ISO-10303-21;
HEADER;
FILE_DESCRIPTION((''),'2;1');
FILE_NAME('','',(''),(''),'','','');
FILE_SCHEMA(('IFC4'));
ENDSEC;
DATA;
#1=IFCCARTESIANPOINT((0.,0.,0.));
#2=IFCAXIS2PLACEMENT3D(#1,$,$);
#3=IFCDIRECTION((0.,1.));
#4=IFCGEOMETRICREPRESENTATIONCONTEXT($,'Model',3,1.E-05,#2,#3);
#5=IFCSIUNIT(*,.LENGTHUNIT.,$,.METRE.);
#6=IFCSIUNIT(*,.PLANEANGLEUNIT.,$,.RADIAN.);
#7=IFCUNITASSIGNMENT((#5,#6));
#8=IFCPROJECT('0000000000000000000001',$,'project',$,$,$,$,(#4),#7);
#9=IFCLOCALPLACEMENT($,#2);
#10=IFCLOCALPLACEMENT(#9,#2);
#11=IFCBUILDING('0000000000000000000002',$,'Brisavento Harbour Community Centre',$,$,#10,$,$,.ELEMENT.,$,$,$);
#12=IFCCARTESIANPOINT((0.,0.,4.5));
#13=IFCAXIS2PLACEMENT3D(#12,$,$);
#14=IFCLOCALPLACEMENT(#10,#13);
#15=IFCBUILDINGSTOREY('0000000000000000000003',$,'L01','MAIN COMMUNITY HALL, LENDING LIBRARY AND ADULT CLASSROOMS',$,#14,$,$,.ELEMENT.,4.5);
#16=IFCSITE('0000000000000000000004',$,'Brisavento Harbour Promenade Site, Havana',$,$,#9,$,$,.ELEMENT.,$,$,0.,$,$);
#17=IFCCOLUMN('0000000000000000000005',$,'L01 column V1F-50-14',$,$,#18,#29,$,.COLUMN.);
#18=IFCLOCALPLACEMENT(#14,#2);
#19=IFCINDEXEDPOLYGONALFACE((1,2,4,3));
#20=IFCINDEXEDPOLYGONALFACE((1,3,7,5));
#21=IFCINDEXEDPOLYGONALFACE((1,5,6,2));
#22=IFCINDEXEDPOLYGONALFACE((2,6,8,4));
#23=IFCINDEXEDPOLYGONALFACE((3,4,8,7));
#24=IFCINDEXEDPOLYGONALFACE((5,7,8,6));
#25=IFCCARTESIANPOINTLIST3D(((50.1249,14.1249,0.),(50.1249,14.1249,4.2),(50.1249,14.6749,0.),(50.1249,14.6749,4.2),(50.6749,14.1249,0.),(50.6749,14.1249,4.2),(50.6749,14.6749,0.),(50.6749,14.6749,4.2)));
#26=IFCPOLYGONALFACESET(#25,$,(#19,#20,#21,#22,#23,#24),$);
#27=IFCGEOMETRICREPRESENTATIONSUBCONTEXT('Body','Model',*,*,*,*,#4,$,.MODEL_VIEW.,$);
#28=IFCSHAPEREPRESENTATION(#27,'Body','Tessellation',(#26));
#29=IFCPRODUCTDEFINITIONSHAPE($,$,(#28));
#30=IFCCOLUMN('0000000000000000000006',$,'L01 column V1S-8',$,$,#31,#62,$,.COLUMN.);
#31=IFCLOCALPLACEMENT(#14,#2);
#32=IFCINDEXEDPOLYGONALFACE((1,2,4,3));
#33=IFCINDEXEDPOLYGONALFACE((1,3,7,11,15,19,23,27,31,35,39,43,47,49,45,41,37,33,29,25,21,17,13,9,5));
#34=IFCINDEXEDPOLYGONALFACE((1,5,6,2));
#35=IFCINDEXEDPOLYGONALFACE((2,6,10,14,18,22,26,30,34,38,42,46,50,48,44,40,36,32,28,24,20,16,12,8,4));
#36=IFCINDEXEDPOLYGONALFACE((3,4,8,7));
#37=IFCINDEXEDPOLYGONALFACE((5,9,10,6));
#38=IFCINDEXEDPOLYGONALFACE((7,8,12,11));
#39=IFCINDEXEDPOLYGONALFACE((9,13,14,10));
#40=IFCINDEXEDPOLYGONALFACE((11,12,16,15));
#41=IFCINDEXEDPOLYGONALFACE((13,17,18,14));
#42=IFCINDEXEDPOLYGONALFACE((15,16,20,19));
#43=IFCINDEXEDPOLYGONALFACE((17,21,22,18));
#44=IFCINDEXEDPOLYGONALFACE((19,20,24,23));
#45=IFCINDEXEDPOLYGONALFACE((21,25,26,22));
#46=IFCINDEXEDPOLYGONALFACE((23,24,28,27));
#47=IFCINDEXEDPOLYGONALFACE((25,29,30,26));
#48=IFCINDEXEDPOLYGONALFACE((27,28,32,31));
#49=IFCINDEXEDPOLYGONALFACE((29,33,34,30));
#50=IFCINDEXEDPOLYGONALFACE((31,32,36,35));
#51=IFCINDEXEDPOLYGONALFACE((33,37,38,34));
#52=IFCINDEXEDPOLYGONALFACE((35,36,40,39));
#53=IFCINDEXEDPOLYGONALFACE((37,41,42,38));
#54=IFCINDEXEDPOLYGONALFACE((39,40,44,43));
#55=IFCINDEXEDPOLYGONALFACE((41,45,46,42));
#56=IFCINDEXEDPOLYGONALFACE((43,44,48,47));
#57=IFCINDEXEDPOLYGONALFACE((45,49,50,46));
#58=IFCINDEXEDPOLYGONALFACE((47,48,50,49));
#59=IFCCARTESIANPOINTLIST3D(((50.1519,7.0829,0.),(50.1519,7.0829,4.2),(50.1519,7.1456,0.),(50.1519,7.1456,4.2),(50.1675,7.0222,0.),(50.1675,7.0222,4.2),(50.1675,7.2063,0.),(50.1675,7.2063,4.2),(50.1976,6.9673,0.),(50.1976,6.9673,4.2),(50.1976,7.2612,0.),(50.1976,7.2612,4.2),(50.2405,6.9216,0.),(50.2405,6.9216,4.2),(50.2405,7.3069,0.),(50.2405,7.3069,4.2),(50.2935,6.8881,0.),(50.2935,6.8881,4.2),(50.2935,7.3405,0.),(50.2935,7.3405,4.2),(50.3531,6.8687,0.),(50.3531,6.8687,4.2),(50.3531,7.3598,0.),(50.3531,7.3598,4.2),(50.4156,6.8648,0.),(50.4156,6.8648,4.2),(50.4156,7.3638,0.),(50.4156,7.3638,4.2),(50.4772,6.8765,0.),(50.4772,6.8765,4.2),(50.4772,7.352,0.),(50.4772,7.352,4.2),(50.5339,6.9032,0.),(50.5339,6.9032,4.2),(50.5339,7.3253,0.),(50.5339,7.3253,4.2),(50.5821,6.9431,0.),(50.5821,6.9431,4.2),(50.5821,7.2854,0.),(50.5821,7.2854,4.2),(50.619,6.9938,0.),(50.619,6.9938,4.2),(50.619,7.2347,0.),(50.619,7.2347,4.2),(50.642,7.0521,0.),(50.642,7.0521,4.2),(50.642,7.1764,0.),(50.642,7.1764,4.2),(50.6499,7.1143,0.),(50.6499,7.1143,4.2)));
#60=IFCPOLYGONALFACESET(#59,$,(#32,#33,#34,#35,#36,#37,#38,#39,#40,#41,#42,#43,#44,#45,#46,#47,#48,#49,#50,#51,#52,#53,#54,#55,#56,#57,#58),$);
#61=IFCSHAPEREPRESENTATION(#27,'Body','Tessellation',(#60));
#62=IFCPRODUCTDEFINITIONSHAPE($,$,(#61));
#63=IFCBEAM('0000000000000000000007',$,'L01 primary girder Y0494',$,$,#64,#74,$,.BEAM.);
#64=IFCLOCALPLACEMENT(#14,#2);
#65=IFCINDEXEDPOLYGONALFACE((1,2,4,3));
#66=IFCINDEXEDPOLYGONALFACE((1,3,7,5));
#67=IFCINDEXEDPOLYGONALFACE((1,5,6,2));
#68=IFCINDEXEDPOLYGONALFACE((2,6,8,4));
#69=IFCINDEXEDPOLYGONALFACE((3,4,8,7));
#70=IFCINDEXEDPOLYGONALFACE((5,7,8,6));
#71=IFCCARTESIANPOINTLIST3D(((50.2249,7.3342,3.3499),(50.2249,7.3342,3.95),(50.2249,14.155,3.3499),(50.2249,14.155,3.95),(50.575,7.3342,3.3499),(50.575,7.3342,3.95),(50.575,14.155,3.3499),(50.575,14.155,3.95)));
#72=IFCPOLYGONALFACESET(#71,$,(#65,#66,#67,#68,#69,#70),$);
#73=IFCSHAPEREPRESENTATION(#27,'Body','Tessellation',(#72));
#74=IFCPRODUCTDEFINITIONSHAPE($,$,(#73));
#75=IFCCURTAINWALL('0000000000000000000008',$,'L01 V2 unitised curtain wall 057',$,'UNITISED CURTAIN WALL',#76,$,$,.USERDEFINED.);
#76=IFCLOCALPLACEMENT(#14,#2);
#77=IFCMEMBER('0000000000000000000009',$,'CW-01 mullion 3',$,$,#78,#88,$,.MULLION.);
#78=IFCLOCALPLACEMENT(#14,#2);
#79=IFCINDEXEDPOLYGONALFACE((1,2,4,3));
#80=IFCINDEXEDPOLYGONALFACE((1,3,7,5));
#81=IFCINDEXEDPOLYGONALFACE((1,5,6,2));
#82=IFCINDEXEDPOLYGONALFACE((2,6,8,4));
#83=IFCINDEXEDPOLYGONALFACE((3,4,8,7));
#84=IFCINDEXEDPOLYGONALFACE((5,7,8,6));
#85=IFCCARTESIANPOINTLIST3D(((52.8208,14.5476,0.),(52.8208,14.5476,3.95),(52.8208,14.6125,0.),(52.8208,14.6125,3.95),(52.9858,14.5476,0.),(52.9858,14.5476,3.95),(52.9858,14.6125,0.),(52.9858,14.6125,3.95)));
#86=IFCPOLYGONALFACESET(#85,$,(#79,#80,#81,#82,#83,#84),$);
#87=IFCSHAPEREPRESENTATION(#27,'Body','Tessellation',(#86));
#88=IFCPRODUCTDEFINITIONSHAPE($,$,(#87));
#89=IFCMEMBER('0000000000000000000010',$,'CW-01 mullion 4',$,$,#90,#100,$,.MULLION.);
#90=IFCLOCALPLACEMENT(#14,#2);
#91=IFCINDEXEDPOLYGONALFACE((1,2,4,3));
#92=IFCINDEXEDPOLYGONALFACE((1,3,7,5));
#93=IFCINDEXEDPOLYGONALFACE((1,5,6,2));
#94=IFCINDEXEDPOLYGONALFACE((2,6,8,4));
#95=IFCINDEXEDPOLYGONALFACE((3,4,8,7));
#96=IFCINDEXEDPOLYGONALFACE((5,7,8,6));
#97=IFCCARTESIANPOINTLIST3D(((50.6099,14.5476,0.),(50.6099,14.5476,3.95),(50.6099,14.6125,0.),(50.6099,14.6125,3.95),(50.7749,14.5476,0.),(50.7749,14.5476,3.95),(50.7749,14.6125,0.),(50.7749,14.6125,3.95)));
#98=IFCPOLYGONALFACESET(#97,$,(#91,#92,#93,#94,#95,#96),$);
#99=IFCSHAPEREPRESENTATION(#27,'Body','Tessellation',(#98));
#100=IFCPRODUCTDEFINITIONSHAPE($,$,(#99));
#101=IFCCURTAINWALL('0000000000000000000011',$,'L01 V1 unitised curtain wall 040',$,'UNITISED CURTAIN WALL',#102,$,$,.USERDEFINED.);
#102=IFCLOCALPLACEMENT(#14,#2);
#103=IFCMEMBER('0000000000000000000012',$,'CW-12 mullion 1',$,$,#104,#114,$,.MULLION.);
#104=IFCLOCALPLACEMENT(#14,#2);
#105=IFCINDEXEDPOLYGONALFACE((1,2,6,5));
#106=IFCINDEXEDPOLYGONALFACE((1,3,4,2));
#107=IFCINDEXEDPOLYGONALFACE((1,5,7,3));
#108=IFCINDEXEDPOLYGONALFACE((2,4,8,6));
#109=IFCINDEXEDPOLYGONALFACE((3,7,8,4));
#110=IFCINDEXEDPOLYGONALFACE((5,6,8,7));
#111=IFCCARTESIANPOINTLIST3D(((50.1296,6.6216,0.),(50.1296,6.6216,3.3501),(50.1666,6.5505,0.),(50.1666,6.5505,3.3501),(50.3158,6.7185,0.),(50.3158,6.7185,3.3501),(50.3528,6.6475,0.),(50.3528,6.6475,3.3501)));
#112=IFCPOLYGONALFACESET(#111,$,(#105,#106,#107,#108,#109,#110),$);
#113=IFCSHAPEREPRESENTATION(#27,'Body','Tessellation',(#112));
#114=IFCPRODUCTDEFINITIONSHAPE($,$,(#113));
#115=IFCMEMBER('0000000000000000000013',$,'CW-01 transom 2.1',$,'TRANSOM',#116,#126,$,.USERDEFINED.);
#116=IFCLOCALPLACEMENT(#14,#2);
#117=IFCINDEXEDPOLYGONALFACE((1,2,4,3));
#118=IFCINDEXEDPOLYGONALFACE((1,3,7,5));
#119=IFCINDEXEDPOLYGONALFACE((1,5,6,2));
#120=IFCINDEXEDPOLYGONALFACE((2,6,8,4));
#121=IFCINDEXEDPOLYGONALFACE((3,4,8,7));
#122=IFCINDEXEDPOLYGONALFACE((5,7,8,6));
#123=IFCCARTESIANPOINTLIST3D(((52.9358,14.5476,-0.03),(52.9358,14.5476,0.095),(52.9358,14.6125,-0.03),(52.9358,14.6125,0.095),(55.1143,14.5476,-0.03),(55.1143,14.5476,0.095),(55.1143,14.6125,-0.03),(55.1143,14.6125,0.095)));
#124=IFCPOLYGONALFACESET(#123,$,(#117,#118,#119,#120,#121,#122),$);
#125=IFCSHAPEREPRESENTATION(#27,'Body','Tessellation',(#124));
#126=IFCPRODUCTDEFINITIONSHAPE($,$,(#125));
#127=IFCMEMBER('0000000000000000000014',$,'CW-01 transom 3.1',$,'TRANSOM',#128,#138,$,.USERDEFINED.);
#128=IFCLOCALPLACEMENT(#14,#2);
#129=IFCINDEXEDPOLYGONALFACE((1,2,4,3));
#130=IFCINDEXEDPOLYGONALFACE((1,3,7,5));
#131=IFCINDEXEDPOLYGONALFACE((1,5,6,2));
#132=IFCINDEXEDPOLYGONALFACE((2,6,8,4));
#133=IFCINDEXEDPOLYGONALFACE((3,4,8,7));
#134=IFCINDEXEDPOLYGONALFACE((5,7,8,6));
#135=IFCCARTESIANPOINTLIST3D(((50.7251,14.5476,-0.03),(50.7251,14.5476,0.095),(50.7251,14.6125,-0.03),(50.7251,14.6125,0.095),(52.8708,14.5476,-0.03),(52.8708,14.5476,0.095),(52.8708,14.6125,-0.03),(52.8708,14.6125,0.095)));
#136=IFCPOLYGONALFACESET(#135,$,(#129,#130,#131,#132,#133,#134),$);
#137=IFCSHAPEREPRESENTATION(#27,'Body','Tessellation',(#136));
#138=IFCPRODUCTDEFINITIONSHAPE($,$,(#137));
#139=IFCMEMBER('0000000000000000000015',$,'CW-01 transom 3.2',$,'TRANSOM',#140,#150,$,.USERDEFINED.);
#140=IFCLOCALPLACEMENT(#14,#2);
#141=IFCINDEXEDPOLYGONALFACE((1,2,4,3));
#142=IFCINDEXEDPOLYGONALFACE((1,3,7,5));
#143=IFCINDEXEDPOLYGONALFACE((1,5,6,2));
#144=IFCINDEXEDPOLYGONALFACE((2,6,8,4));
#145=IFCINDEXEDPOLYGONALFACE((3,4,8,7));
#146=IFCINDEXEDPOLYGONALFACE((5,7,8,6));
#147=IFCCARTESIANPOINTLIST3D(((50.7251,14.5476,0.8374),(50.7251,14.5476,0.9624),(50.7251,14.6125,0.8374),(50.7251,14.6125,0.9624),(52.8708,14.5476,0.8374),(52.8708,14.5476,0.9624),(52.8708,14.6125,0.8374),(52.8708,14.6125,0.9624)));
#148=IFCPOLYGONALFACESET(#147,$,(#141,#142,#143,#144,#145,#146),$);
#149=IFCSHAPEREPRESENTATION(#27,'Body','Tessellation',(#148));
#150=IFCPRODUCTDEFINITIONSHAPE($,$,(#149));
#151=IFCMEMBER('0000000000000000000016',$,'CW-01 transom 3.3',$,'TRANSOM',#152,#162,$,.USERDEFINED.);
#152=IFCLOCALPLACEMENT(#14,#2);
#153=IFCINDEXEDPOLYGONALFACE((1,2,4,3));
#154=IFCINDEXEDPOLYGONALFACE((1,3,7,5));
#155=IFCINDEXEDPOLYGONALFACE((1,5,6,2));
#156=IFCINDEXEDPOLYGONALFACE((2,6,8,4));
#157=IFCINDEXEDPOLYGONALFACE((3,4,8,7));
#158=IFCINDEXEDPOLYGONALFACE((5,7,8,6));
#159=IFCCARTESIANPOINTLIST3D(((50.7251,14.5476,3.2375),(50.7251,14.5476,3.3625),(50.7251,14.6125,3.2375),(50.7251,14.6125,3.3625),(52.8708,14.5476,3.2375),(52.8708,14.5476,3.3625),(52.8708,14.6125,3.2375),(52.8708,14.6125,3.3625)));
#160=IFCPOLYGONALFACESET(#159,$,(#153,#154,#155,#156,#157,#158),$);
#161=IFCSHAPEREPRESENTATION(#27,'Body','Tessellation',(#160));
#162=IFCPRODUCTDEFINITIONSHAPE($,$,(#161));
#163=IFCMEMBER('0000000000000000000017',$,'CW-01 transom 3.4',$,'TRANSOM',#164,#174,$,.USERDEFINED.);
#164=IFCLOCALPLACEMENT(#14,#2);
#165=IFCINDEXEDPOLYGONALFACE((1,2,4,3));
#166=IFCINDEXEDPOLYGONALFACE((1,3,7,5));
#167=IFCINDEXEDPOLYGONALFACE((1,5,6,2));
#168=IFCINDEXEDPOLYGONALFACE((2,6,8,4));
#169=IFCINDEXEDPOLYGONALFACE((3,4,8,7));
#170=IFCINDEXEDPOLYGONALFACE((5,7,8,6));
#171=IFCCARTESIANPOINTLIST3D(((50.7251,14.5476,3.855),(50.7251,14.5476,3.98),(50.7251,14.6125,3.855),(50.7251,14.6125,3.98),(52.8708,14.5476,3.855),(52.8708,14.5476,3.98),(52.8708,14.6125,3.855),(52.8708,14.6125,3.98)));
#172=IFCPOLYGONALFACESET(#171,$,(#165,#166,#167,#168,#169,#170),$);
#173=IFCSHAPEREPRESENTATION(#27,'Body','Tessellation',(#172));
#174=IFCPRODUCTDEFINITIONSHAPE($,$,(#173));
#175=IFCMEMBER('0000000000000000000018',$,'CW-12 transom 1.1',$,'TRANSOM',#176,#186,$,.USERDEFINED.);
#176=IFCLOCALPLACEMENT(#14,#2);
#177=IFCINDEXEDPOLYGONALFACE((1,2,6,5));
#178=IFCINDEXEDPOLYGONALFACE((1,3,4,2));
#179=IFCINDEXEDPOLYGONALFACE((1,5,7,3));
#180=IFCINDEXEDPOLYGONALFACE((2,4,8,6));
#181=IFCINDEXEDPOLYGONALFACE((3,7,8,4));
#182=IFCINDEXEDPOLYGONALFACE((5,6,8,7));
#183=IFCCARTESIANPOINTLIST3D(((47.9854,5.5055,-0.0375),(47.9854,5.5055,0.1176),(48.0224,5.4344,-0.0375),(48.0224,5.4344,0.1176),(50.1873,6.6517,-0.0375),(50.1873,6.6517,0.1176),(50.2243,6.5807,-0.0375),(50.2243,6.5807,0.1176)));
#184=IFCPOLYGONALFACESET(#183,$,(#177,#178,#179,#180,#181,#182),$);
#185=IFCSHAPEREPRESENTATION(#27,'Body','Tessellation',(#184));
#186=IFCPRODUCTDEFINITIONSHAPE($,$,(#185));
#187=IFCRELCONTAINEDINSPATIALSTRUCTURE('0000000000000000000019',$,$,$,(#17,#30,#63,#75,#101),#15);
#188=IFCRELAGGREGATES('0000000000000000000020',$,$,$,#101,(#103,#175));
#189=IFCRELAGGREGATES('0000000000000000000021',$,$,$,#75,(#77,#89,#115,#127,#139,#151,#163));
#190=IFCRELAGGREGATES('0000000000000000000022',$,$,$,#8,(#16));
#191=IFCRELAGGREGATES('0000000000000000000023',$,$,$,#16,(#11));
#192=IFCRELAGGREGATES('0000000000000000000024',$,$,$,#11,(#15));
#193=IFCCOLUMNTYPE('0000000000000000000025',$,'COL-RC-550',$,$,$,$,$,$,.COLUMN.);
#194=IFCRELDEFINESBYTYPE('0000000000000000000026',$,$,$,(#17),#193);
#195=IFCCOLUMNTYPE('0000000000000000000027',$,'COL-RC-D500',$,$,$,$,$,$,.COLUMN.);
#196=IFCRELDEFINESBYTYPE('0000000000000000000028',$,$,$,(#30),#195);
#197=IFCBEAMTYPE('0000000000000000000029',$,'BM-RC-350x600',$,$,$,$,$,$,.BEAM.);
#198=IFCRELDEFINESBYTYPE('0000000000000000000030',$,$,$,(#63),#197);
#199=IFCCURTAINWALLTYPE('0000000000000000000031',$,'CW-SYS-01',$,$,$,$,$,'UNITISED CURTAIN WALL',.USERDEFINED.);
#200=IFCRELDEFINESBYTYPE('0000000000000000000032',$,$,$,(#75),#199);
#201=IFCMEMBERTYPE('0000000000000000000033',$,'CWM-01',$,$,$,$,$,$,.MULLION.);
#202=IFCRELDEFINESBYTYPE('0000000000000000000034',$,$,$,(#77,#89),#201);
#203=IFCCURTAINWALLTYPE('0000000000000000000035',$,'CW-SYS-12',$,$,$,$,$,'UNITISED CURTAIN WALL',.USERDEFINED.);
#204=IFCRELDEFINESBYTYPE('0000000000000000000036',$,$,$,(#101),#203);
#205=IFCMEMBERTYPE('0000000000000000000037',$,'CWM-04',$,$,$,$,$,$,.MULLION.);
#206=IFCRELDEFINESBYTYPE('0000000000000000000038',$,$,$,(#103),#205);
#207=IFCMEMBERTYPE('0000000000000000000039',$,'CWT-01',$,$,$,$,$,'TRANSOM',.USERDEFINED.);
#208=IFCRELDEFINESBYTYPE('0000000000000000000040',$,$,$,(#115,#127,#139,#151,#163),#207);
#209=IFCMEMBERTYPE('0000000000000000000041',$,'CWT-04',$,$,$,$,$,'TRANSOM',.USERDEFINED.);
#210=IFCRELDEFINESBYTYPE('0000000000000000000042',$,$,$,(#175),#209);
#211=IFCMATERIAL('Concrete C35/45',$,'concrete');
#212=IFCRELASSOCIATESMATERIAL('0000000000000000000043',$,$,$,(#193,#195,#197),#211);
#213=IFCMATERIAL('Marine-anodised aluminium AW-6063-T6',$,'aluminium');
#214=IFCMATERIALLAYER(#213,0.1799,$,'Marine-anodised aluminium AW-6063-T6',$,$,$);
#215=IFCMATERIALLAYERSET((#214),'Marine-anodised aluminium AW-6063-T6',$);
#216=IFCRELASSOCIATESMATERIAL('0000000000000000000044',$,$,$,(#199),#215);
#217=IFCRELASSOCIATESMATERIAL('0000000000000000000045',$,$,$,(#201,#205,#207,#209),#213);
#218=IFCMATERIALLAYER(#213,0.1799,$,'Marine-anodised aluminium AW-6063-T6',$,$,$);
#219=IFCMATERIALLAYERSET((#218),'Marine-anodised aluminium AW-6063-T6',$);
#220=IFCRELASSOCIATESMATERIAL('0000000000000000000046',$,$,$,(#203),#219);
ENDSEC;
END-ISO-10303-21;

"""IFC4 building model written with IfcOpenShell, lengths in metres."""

from ifc_helpers import new_model, si_unit, direction, frame, origin, origin_2d, place, context, subcontext, project, spatial, rectangle, circle, extrude, material, layer, layer_set, material_profile, profile_set, type_object, element, aggregate, save


model = new_model("IFC4")

# Units and contexts
model_context = context("Model", 3, precision=1e-05, world=origin(), true_north=direction((0.0, 1.0)))
body_context = subcontext(model_context, "Body", "Model", "MODEL_VIEW")
ifc_project = project(units=[si_unit("LENGTHUNIT", "METRE"), si_unit("PLANEANGLEUNIT", "RADIAN")], contexts=[model_context])

# Site, building, storey
site_placement = place(None, origin())
site = spatial("IfcSite", under=ifc_project, at=site_placement, Name="Brisavento Harbour Promenade Site, Havana", CompositionType="ELEMENT", RefElevation=0.0)
building_placement = place(site_placement, origin())
building = spatial("IfcBuilding", under=site, at=building_placement, Name="Brisavento Harbour Community Centre", CompositionType="ELEMENT")
storey_placement = place(building_placement, frame((0.0, 0.0, 4.5)))
storey = spatial("IfcBuildingStorey", under=building, at=storey_placement, Name="L01", Description="MAIN COMMUNITY HALL, LENDING LIBRARY AND ADULT CLASSROOMS", CompositionType="ELEMENT", Elevation=4.5)

# Columns
ifc_material_1 = material(Name="Concrete C35/45", Category="concrete")
ifc_material_profile_1 = material_profile(ifc_material_1, rectangle(XDim=0.55, YDim=0.55, at=origin_2d()), Name="Concrete C35/45")
ifc_profile_set_1 = profile_set([ifc_material_profile_1], Name="Concrete C35/45")
column_type_1 = type_object("IfcColumnType", Name="COL-RC-550", PredefinedType="COLUMN", material=ifc_profile_set_1)
column_1_placement = place(storey_placement, frame((50.3999, 14.3999, 0.0), z_axis=(0.0, 0.0, 1.0), x_axis=(1.0, 0.0, 0.0)))
element("IfcColumn", 1, at=column_1_placement, inside=storey, type_object=column_type_1, Name="L01 column V1F-50-14", PredefinedType="COLUMN", context=body_context, shape_type="SweptSolid", body=[
    extrude(rectangle(XDim=0.55, YDim=0.55, at=origin_2d()), origin(), (0.0, 0.0, 1.0), 4.2),
])
ifc_material_profile_2 = material_profile(ifc_material_1, circle(Radius=0.25, at=origin_2d()), Name="Concrete C35/45")
ifc_profile_set_2 = profile_set([ifc_material_profile_2], Name="Concrete C35/45")
column_type_2 = type_object("IfcColumnType", Name="COL-RC-D500", PredefinedType="COLUMN", material=ifc_profile_set_2)
column_2_placement = place(storey_placement, frame((50.3999, 7.1143, 0.0), z_axis=(0.0, 0.0, 1.0), x_axis=(1.0, 0.0, 0.0)))
element("IfcColumn", 2, at=column_2_placement, inside=storey, type_object=column_type_2, Name="L01 column V1S-8", PredefinedType="COLUMN", context=body_context, shape_type="SweptSolid", body=[
    extrude(circle(Radius=0.25, at=origin_2d()), origin(), (0.0, 0.0, 1.0), 4.2),
])

# Beam
ifc_material_profile_3 = material_profile(ifc_material_1, rectangle(XDim=0.3501, YDim=0.6001, at=origin_2d()), Name="Concrete C35/45")
ifc_profile_set_3 = profile_set([ifc_material_profile_3], Name="Concrete C35/45")
beam_type = type_object("IfcBeamType", Name="BM-RC-350x600", PredefinedType="BEAM", material=ifc_profile_set_3)
beam_placement = place(storey_placement, frame((50.3999, 7.3342, 3.6499), z_axis=(0.0, 1.0, 0.0), x_axis=(-1.0, 0.0, 0.0)))
element("IfcBeam", 3, at=beam_placement, inside=storey, type_object=beam_type, Name="L01 primary girder Y0494", PredefinedType="BEAM", context=body_context, shape_type="SweptSolid", body=[
    extrude(rectangle(XDim=0.3501, YDim=0.6001, at=origin_2d()), origin(), (0.0, 0.0, 1.0), 6.8208),
])

# Curtain wall, members
ifc_material_2 = material(Name="Marine-anodised aluminium AW-6063-T6", Category="aluminium")
ifc_layer_1 = layer(ifc_material_2, 0.1799, Name="Marine-anodised aluminium AW-6063-T6")
ifc_layer_set_1 = layer_set([ifc_layer_1], Name="Marine-anodised aluminium AW-6063-T6")
curtain_wall_type_1 = type_object("IfcCurtainWallType", Name="CW-SYS-01", ElementType="UNITISED CURTAIN WALL", PredefinedType="USERDEFINED", material=ifc_layer_set_1)
curtain_wall_1_placement = place(storey_placement, origin())
curtain_wall_1 = element("IfcCurtainWall", 4, at=curtain_wall_1_placement, inside=storey, type_object=curtain_wall_type_1, Name="L01 V2 unitised curtain wall 057", ObjectType="UNITISED CURTAIN WALL", PredefinedType="USERDEFINED")
ifc_material_profile_4 = material_profile(ifc_material_2, rectangle(XDim=0.0649, YDim=0.165, at=origin_2d()), Name="Marine-anodised aluminium AW-6063-T6")
ifc_profile_set_4 = profile_set([ifc_material_profile_4], Name="Marine-anodised aluminium AW-6063-T6")
member_type_1 = type_object("IfcMemberType", Name="CWM-01", PredefinedType="MULLION", material=ifc_profile_set_4)
member_1_placement = place(storey_placement, frame((52.9033, 14.5801, 0.0), z_axis=(0.0, 0.0, 1.0), x_axis=(0.0, -1.0, 0.0)))
member_1 = element("IfcMember", 5, at=member_1_placement, type_object=member_type_1, Name="CW-01 mullion 3", PredefinedType="MULLION", context=body_context, shape_type="SweptSolid", body=[
    extrude(rectangle(XDim=0.0649, YDim=0.165, at=origin_2d()), origin(), (0.0, 0.0, 1.0), 3.95),
])
member_2_placement = place(storey_placement, frame((50.6924, 14.5801, 0.0), z_axis=(0.0, 0.0, 1.0), x_axis=(0.0, -1.0, 0.0)))
member_2 = element("IfcMember", 6, at=member_2_placement, type_object=member_type_1, Name="CW-01 mullion 4", PredefinedType="MULLION", context=body_context, shape_type="SweptSolid", body=[
    extrude(rectangle(XDim=0.0649, YDim=0.165, at=origin_2d()), origin(), (0.0, 0.0, 1.0), 3.95),
])

# Curtain wall, member
ifc_layer_2 = layer(ifc_material_2, 0.1799, Name="Marine-anodised aluminium AW-6063-T6")
ifc_layer_set_2 = layer_set([ifc_layer_2], Name="Marine-anodised aluminium AW-6063-T6")
curtain_wall_type_2 = type_object("IfcCurtainWallType", Name="CW-SYS-12", ElementType="UNITISED CURTAIN WALL", PredefinedType="USERDEFINED", material=ifc_layer_set_2)
curtain_wall_2_placement = place(storey_placement, origin())
curtain_wall_2 = element("IfcCurtainWall", 7, at=curtain_wall_2_placement, inside=storey, type_object=curtain_wall_type_2, Name="L01 V1 unitised curtain wall 040", ObjectType="UNITISED CURTAIN WALL", PredefinedType="USERDEFINED")
ifc_material_profile_5 = material_profile(ifc_material_2, rectangle(XDim=0.0801, YDim=0.21, at=origin_2d()), Name="Marine-anodised aluminium AW-6063-T6")
ifc_profile_set_5 = profile_set([ifc_material_profile_5], Name="Marine-anodised aluminium AW-6063-T6")
member_type_2 = type_object("IfcMemberType", Name="CWM-04", PredefinedType="MULLION", material=ifc_profile_set_5)
member_3_placement = place(storey_placement, frame((50.2412, 6.6345, 0.0), z_axis=(0.0, 0.0, 1.0), x_axis=(0.461732, -0.88702, 0.0)))
member_3 = element("IfcMember", 8, at=member_3_placement, type_object=member_type_2, Name="CW-12 mullion 1", PredefinedType="MULLION", context=body_context, shape_type="SweptSolid", body=[
    extrude(rectangle(XDim=0.0801, YDim=0.21, at=origin_2d()), origin(), (0.0, 0.0, 1.0), 3.3501),
])

# Members
ifc_material_profile_6 = material_profile(ifc_material_2, rectangle(XDim=0.0649, YDim=0.125, at=origin_2d()), Name="Marine-anodised aluminium AW-6063-T6")
ifc_profile_set_6 = profile_set([ifc_material_profile_6], Name="Marine-anodised aluminium AW-6063-T6")
member_type_3 = type_object("IfcMemberType", Name="CWT-01", ElementType="TRANSOM", PredefinedType="USERDEFINED", material=ifc_profile_set_6)
member_4_placement = place(storey_placement, frame((55.1143, 14.5801, 0.0325), z_axis=(-1.0, 0.0, 0.0), x_axis=(0.0, -1.0, 0.0)))
member_4 = element("IfcMember", 9, at=member_4_placement, type_object=member_type_3, Name="CW-01 transom 2.1", ObjectType="TRANSOM", PredefinedType="USERDEFINED", context=body_context, shape_type="SweptSolid", body=[
    extrude(rectangle(XDim=0.0649, YDim=0.125, at=origin_2d()), origin(), (0.0, 0.0, 1.0), 2.1785),
])
member_5_placement = place(storey_placement, frame((52.8708, 14.5801, 0.0325), z_axis=(-1.0, 0.0, 0.0), x_axis=(0.0, -1.0, 0.0)))
member_5 = element("IfcMember", 10, at=member_5_placement, type_object=member_type_3, Name="CW-01 transom 3.1", ObjectType="TRANSOM", PredefinedType="USERDEFINED", context=body_context, shape_type="SweptSolid", body=[
    extrude(rectangle(XDim=0.0649, YDim=0.125, at=origin_2d()), origin(), (0.0, 0.0, 1.0), 2.1458),
])
member_6_placement = place(storey_placement, frame((52.8708, 14.5801, 0.8999), z_axis=(-1.0, 0.0, 0.0), x_axis=(0.0, -1.0, 0.0)))
member_6 = element("IfcMember", 11, at=member_6_placement, type_object=member_type_3, Name="CW-01 transom 3.2", ObjectType="TRANSOM", PredefinedType="USERDEFINED", context=body_context, shape_type="SweptSolid", body=[
    extrude(rectangle(XDim=0.0649, YDim=0.125, at=origin_2d()), origin(), (0.0, 0.0, 1.0), 2.1458),
])
member_7_placement = place(storey_placement, frame((52.8708, 14.5801, 3.3), z_axis=(-1.0, 0.0, 0.0), x_axis=(0.0, -1.0, 0.0)))
member_7 = element("IfcMember", 12, at=member_7_placement, type_object=member_type_3, Name="CW-01 transom 3.3", ObjectType="TRANSOM", PredefinedType="USERDEFINED", context=body_context, shape_type="SweptSolid", body=[
    extrude(rectangle(XDim=0.0649, YDim=0.125, at=origin_2d()), origin(), (0.0, 0.0, 1.0), 2.1458),
])
member_8_placement = place(storey_placement, frame((52.8708, 14.5801, 3.9175), z_axis=(-1.0, 0.0, 0.0), x_axis=(0.0, -1.0, 0.0)))
member_8 = element("IfcMember", 13, at=member_8_placement, type_object=member_type_3, Name="CW-01 transom 3.4", ObjectType="TRANSOM", PredefinedType="USERDEFINED", context=body_context, shape_type="SweptSolid", body=[
    extrude(rectangle(XDim=0.0649, YDim=0.125, at=origin_2d()), origin(), (0.0, 0.0, 1.0), 2.1458),
])
ifc_material_profile_7 = material_profile(ifc_material_2, rectangle(XDim=0.0801, YDim=0.155, at=origin_2d()), Name="Marine-anodised aluminium AW-6063-T6")
ifc_profile_set_7 = profile_set([ifc_material_profile_7], Name="Marine-anodised aluminium AW-6063-T6")
member_type_4 = type_object("IfcMemberType", Name="CWT-04", ElementType="TRANSOM", PredefinedType="USERDEFINED", material=ifc_profile_set_7)
member_9_placement = place(storey_placement, frame((50.2058, 6.6162, 0.04), z_axis=(-0.887011, -0.461749, 0.0), x_axis=(0.461749, -0.887011, 0.0)))
member_9 = element("IfcMember", 14, at=member_9_placement, type_object=member_type_4, Name="CW-12 transom 1.1", ObjectType="TRANSOM", PredefinedType="USERDEFINED", context=body_context, shape_type="SweptSolid", body=[
    extrude(rectangle(XDim=0.0801, YDim=0.155, at=origin_2d()), origin(), (0.0, 0.0, 1.0), 2.4824),
])
aggregate(curtain_wall_2, [member_3, member_9])

aggregate(curtain_wall_1, [member_1, member_2, member_4, member_5, member_6, member_7, member_8])

save(model, "model.ifc")
